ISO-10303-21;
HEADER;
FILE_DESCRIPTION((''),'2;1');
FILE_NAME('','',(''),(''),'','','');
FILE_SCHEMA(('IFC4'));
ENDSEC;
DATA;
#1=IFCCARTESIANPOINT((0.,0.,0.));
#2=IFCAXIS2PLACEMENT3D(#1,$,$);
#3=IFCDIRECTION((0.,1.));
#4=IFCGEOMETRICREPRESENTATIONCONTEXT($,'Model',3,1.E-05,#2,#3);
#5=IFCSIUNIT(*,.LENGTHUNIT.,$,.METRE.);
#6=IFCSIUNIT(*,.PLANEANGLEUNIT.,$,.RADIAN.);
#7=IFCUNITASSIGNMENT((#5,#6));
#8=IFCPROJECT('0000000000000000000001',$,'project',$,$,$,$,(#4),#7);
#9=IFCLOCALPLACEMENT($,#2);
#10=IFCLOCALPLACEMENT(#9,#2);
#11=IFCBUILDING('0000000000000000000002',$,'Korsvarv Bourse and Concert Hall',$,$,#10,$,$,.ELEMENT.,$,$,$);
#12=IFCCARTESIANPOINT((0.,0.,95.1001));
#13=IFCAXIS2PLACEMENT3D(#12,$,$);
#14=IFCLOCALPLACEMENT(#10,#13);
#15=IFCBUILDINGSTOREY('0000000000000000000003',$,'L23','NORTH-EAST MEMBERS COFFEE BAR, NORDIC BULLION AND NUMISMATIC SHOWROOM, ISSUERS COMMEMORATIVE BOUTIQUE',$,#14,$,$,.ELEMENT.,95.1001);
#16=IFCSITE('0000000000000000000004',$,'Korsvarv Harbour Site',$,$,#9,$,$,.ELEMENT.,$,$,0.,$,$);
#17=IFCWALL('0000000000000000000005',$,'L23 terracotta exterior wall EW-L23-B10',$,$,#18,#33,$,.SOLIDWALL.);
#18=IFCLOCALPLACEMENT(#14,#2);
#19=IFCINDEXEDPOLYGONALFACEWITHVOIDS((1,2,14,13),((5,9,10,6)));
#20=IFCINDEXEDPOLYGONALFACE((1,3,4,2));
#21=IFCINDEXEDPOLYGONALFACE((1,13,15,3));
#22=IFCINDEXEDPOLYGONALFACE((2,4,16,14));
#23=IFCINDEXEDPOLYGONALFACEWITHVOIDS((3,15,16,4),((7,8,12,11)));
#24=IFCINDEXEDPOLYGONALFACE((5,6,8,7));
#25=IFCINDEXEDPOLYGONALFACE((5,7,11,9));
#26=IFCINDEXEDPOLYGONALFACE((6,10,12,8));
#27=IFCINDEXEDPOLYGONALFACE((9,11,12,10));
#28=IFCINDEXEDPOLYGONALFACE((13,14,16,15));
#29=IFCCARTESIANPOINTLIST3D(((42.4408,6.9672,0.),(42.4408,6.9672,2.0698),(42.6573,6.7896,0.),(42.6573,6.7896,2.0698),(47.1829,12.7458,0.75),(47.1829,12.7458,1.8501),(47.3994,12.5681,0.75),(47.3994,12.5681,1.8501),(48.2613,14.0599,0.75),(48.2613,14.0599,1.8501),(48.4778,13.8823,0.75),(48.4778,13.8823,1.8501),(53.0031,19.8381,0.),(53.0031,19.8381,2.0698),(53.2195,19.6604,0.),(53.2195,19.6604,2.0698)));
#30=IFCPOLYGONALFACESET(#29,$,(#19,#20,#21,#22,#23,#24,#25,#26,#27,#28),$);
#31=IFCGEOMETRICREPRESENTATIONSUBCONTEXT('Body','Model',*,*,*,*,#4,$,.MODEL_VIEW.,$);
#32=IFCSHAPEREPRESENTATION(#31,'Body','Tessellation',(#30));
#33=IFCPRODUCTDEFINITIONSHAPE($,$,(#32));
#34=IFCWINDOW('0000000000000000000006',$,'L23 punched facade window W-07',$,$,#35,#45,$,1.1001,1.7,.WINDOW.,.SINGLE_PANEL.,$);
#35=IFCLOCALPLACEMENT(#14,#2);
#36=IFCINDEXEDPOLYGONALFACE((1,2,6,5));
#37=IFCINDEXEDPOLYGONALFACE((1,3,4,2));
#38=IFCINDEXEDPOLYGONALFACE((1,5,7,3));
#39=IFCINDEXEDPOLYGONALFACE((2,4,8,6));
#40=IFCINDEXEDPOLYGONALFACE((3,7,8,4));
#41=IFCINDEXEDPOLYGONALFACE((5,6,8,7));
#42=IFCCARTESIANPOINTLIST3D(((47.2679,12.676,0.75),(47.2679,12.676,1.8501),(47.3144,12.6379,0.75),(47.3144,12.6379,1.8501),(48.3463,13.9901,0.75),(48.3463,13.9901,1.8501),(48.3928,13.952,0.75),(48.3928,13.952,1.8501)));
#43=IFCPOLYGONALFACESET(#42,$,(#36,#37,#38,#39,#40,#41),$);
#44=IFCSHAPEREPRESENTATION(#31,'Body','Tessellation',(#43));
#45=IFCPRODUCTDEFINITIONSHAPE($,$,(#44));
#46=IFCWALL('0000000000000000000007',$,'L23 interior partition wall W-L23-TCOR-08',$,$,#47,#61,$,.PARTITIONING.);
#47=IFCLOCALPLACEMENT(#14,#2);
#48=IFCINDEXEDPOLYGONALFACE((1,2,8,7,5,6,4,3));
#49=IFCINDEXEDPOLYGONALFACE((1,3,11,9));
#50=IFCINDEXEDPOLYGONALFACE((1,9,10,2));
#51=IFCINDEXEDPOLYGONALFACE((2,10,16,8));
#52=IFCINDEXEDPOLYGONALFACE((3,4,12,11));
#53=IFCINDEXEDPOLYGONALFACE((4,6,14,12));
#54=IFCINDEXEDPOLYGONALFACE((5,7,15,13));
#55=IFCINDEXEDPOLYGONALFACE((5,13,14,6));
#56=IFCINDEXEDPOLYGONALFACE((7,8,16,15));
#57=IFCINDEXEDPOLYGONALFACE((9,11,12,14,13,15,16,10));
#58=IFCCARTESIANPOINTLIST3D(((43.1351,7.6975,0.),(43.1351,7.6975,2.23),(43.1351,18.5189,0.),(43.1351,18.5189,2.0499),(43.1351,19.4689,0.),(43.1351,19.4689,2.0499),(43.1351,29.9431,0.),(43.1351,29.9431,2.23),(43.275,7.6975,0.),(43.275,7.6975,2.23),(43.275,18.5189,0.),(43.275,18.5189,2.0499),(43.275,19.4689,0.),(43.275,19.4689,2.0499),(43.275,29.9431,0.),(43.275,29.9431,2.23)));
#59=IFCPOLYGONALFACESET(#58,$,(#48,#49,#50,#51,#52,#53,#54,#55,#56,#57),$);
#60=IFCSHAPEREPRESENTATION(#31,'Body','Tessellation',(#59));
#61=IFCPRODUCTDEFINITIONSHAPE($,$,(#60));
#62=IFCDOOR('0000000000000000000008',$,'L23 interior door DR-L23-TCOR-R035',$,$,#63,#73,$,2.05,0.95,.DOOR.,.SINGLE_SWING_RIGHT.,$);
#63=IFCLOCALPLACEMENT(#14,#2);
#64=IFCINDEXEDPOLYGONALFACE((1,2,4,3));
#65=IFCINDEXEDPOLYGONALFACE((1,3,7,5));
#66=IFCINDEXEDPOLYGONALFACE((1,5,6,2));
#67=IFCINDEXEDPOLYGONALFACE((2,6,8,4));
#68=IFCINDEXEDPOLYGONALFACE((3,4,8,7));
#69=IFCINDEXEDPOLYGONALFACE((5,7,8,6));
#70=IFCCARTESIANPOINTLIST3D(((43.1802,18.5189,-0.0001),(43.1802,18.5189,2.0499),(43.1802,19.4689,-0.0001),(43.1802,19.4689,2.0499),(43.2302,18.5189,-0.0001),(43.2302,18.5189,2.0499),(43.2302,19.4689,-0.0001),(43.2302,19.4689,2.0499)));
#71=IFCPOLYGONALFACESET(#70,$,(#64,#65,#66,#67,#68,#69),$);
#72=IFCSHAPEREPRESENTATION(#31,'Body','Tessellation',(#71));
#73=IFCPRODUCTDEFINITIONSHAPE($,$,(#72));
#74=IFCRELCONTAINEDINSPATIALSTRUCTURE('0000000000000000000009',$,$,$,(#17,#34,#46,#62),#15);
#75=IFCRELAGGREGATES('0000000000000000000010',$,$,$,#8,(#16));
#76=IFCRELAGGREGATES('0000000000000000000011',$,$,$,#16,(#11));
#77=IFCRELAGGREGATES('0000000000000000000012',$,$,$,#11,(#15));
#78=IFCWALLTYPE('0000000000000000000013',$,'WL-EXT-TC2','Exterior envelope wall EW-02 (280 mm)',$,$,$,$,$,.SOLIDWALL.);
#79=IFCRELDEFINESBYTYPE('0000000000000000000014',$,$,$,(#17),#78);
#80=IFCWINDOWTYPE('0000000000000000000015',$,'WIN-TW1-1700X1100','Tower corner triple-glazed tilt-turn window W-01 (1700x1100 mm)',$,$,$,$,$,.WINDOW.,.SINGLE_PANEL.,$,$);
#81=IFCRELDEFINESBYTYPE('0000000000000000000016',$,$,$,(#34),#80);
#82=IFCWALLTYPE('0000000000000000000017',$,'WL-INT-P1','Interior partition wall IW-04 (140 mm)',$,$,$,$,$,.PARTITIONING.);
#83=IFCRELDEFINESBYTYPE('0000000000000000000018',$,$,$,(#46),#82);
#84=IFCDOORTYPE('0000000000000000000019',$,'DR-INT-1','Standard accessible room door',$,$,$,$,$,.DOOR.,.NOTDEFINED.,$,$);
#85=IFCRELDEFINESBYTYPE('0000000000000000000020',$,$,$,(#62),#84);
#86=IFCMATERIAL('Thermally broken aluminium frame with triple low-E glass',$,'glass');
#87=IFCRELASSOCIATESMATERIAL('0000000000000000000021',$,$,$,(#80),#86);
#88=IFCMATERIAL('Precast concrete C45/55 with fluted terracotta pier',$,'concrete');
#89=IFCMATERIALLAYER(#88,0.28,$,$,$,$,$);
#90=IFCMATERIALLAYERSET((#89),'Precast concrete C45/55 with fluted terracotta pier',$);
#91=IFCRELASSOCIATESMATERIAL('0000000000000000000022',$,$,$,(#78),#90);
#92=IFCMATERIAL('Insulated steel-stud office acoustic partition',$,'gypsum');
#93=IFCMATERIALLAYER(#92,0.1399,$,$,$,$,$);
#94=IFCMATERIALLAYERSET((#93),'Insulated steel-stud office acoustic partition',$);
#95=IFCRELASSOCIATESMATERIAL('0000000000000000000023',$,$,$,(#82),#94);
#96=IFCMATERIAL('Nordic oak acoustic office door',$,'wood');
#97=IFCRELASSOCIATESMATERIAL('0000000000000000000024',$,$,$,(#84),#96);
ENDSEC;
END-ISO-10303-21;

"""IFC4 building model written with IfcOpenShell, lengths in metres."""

from ifc_helpers import new_model, si_unit, direction, frame, frame_2d, origin, place, context, subcontext, project, spatial, rectangle, extrude, material, layer, layer_set, type_object, element, fill, save


model = new_model("IFC4")

# Units and contexts
model_context = context("Model", 3, precision=1e-05, world=origin(), true_north=direction((0.0, 1.0)))
body_context = subcontext(model_context, "Body", "Model", "MODEL_VIEW")
ifc_project = project(units=[si_unit("LENGTHUNIT", "METRE"), si_unit("PLANEANGLEUNIT", "RADIAN")], contexts=[model_context])

# Site, building, storey
site_placement = place(None, origin())
site = spatial("IfcSite", under=ifc_project, at=site_placement, Name="Korsvarv Harbour Site", CompositionType="ELEMENT", RefElevation=0.0)
building_placement = place(site_placement, origin())
building = spatial("IfcBuilding", under=site, at=building_placement, Name="Korsvarv Bourse and Concert Hall", CompositionType="ELEMENT")
storey_placement = place(building_placement, frame((0.0, 0.0, 95.1001)))
storey = spatial("IfcBuildingStorey", under=building, at=storey_placement, Name="L23", Description="NORTH-EAST MEMBERS COFFEE BAR, NORDIC BULLION AND NUMISMATIC SHOWROOM, ISSUERS COMMEMORATIVE BOUTIQUE", CompositionType="ELEMENT", Elevation=95.1001)

# Wall, opening, window
ifc_material_1 = material(Name="Thermally broken aluminium frame with triple low-E glass", Category="glass")
window_type = type_object("IfcWindowType", Name="WIN-TW1-1700X1100", Description="Tower corner triple-glazed tilt-turn window W-01 (1700x1100 mm)", PartitioningType="SINGLE_PANEL", PredefinedType="WINDOW", material=ifc_material_1)
ifc_material_2 = material(Name="Precast concrete C45/55 with fluted terracotta pier", Category="concrete")
ifc_layer_1 = layer(ifc_material_2, 0.28)
ifc_layer_set_1 = layer_set([ifc_layer_1], Name="Precast concrete C45/55 with fluted terracotta pier")
wall_type_1 = type_object("IfcWallType", Name="WL-EXT-TC2", Description="Exterior envelope wall EW-02 (280 mm)", PredefinedType="SOLIDWALL", material=ifc_layer_set_1)
wall_1_placement = place(storey_placement, frame((42.5491, 6.8784, 0.0), z_axis=(0.0, 0.0, 1.0), x_axis=(0.634373, 0.773027, 0.0)))
wall_1 = element("IfcWall", 1, at=wall_1_placement, inside=storey, type_object=wall_type_1, Name="L23 terracotta exterior wall EW-L23-B10", PredefinedType="SOLIDWALL", context=body_context, shape_type="SweptSolid", body=[
    extrude(rectangle(XDim=16.6499, YDim=0.28, at=frame_2d((8.325, 0.0))), origin(), (0.0, 0.0, 1.0), 2.0698),
])
opening_1_placement = place(wall_1_placement, frame((7.4751, 0.0, 0.75)))
opening_1 = element("IfcOpeningElement", 2, at=opening_1_placement, cuts=wall_1, PredefinedType="OPENING", context=body_context, shape_type="SweptSolid", body=[
    extrude(rectangle(XDim=1.7, YDim=1.1001, at=frame_2d((0.8501, 0.55))), frame((0.0, 0.1499, 0.0), z_axis=(0.0, -1.0, 0.0), x_axis=(1.0, 0.0, 0.0)), (0.0, 0.0, 1.0), 0.3),
])
window_1_placement = place(opening_1_placement, origin())
window_1 = element("IfcWindow", 3, at=window_1_placement, inside=storey, type_object=window_type, Name="L23 punched facade window W-07", OverallHeight=1.1001, OverallWidth=1.7, PartitioningType="SINGLE_PANEL", PredefinedType="WINDOW", context=body_context, shape_type="SweptSolid", body=[
    extrude(rectangle(XDim=1.7, YDim=1.1001, at=frame_2d((0.8501, 0.55))), frame((0.0, 0.03, 0.0), z_axis=(0.0, -1.0, 0.0), x_axis=(1.0, 0.0, 0.0)), (0.0, 0.0, 1.0), 0.0601),
])
fill(opening_1, window_1)

# Wall, opening, door
ifc_material_3 = material(Name="Insulated steel-stud office acoustic partition", Category="gypsum")
ifc_layer_2 = layer(ifc_material_3, 0.1399)
ifc_layer_set_2 = layer_set([ifc_layer_2], Name="Insulated steel-stud office acoustic partition")
wall_type_2 = type_object("IfcWallType", Name="WL-INT-P1", Description="Interior partition wall IW-04 (140 mm)", PredefinedType="PARTITIONING", material=ifc_layer_set_2)
wall_2_placement = place(storey_placement, frame((43.2051, 7.6975, 0.0), z_axis=(0.0, 0.0, 1.0), x_axis=(0.0, 1.0, 0.0)))
wall_2 = element("IfcWall", 4, at=wall_2_placement, inside=storey, type_object=wall_type_2, Name="L23 interior partition wall W-L23-TCOR-08", PredefinedType="PARTITIONING", context=body_context, shape_type="SweptSolid", body=[
    extrude(rectangle(XDim=22.2456, YDim=0.1399, at=frame_2d((11.1228, 0.0))), origin(), (0.0, 0.0, 1.0), 2.23),
])
opening_2_placement = place(wall_2_placement, frame((10.8213, 0.0, 0.0)))
opening_2 = element("IfcOpeningElement", 5, at=opening_2_placement, cuts=wall_2, PredefinedType="OPENING", context=body_context, shape_type="SweptSolid", body=[
    extrude(rectangle(XDim=0.95, YDim=2.05, at=frame_2d((0.4751, 1.0249))), frame((0.0, 0.0801, 0.0), z_axis=(0.0, -1.0, 0.0), x_axis=(1.0, 0.0, 0.0)), (0.0, 0.0, 1.0), 0.1599),
])
ifc_material_4 = material(Name="Nordic oak acoustic office door", Category="wood")
door_type = type_object("IfcDoorType", Name="DR-INT-1", Description="Standard accessible room door", OperationType="NOTDEFINED", PredefinedType="DOOR", material=ifc_material_4)
door_placement = place(opening_2_placement, origin())
door = element("IfcDoor", 6, at=door_placement, inside=storey, type_object=door_type, Name="L23 interior door DR-L23-TCOR-R035", OperationType="SINGLE_SWING_RIGHT", OverallHeight=2.05, OverallWidth=0.95, PredefinedType="DOOR", context=body_context, shape_type="SweptSolid", body=[
    extrude(rectangle(XDim=0.95, YDim=2.05, at=frame_2d((0.4751, 1.0249))), frame((0.0, 0.0249, 0.0), z_axis=(0.0, -1.0, 0.0), x_axis=(1.0, 0.0, 0.0)), (0.0, 0.0, 1.0), 0.05),
])
fill(opening_2, door)

save(model, "model.ifc")
